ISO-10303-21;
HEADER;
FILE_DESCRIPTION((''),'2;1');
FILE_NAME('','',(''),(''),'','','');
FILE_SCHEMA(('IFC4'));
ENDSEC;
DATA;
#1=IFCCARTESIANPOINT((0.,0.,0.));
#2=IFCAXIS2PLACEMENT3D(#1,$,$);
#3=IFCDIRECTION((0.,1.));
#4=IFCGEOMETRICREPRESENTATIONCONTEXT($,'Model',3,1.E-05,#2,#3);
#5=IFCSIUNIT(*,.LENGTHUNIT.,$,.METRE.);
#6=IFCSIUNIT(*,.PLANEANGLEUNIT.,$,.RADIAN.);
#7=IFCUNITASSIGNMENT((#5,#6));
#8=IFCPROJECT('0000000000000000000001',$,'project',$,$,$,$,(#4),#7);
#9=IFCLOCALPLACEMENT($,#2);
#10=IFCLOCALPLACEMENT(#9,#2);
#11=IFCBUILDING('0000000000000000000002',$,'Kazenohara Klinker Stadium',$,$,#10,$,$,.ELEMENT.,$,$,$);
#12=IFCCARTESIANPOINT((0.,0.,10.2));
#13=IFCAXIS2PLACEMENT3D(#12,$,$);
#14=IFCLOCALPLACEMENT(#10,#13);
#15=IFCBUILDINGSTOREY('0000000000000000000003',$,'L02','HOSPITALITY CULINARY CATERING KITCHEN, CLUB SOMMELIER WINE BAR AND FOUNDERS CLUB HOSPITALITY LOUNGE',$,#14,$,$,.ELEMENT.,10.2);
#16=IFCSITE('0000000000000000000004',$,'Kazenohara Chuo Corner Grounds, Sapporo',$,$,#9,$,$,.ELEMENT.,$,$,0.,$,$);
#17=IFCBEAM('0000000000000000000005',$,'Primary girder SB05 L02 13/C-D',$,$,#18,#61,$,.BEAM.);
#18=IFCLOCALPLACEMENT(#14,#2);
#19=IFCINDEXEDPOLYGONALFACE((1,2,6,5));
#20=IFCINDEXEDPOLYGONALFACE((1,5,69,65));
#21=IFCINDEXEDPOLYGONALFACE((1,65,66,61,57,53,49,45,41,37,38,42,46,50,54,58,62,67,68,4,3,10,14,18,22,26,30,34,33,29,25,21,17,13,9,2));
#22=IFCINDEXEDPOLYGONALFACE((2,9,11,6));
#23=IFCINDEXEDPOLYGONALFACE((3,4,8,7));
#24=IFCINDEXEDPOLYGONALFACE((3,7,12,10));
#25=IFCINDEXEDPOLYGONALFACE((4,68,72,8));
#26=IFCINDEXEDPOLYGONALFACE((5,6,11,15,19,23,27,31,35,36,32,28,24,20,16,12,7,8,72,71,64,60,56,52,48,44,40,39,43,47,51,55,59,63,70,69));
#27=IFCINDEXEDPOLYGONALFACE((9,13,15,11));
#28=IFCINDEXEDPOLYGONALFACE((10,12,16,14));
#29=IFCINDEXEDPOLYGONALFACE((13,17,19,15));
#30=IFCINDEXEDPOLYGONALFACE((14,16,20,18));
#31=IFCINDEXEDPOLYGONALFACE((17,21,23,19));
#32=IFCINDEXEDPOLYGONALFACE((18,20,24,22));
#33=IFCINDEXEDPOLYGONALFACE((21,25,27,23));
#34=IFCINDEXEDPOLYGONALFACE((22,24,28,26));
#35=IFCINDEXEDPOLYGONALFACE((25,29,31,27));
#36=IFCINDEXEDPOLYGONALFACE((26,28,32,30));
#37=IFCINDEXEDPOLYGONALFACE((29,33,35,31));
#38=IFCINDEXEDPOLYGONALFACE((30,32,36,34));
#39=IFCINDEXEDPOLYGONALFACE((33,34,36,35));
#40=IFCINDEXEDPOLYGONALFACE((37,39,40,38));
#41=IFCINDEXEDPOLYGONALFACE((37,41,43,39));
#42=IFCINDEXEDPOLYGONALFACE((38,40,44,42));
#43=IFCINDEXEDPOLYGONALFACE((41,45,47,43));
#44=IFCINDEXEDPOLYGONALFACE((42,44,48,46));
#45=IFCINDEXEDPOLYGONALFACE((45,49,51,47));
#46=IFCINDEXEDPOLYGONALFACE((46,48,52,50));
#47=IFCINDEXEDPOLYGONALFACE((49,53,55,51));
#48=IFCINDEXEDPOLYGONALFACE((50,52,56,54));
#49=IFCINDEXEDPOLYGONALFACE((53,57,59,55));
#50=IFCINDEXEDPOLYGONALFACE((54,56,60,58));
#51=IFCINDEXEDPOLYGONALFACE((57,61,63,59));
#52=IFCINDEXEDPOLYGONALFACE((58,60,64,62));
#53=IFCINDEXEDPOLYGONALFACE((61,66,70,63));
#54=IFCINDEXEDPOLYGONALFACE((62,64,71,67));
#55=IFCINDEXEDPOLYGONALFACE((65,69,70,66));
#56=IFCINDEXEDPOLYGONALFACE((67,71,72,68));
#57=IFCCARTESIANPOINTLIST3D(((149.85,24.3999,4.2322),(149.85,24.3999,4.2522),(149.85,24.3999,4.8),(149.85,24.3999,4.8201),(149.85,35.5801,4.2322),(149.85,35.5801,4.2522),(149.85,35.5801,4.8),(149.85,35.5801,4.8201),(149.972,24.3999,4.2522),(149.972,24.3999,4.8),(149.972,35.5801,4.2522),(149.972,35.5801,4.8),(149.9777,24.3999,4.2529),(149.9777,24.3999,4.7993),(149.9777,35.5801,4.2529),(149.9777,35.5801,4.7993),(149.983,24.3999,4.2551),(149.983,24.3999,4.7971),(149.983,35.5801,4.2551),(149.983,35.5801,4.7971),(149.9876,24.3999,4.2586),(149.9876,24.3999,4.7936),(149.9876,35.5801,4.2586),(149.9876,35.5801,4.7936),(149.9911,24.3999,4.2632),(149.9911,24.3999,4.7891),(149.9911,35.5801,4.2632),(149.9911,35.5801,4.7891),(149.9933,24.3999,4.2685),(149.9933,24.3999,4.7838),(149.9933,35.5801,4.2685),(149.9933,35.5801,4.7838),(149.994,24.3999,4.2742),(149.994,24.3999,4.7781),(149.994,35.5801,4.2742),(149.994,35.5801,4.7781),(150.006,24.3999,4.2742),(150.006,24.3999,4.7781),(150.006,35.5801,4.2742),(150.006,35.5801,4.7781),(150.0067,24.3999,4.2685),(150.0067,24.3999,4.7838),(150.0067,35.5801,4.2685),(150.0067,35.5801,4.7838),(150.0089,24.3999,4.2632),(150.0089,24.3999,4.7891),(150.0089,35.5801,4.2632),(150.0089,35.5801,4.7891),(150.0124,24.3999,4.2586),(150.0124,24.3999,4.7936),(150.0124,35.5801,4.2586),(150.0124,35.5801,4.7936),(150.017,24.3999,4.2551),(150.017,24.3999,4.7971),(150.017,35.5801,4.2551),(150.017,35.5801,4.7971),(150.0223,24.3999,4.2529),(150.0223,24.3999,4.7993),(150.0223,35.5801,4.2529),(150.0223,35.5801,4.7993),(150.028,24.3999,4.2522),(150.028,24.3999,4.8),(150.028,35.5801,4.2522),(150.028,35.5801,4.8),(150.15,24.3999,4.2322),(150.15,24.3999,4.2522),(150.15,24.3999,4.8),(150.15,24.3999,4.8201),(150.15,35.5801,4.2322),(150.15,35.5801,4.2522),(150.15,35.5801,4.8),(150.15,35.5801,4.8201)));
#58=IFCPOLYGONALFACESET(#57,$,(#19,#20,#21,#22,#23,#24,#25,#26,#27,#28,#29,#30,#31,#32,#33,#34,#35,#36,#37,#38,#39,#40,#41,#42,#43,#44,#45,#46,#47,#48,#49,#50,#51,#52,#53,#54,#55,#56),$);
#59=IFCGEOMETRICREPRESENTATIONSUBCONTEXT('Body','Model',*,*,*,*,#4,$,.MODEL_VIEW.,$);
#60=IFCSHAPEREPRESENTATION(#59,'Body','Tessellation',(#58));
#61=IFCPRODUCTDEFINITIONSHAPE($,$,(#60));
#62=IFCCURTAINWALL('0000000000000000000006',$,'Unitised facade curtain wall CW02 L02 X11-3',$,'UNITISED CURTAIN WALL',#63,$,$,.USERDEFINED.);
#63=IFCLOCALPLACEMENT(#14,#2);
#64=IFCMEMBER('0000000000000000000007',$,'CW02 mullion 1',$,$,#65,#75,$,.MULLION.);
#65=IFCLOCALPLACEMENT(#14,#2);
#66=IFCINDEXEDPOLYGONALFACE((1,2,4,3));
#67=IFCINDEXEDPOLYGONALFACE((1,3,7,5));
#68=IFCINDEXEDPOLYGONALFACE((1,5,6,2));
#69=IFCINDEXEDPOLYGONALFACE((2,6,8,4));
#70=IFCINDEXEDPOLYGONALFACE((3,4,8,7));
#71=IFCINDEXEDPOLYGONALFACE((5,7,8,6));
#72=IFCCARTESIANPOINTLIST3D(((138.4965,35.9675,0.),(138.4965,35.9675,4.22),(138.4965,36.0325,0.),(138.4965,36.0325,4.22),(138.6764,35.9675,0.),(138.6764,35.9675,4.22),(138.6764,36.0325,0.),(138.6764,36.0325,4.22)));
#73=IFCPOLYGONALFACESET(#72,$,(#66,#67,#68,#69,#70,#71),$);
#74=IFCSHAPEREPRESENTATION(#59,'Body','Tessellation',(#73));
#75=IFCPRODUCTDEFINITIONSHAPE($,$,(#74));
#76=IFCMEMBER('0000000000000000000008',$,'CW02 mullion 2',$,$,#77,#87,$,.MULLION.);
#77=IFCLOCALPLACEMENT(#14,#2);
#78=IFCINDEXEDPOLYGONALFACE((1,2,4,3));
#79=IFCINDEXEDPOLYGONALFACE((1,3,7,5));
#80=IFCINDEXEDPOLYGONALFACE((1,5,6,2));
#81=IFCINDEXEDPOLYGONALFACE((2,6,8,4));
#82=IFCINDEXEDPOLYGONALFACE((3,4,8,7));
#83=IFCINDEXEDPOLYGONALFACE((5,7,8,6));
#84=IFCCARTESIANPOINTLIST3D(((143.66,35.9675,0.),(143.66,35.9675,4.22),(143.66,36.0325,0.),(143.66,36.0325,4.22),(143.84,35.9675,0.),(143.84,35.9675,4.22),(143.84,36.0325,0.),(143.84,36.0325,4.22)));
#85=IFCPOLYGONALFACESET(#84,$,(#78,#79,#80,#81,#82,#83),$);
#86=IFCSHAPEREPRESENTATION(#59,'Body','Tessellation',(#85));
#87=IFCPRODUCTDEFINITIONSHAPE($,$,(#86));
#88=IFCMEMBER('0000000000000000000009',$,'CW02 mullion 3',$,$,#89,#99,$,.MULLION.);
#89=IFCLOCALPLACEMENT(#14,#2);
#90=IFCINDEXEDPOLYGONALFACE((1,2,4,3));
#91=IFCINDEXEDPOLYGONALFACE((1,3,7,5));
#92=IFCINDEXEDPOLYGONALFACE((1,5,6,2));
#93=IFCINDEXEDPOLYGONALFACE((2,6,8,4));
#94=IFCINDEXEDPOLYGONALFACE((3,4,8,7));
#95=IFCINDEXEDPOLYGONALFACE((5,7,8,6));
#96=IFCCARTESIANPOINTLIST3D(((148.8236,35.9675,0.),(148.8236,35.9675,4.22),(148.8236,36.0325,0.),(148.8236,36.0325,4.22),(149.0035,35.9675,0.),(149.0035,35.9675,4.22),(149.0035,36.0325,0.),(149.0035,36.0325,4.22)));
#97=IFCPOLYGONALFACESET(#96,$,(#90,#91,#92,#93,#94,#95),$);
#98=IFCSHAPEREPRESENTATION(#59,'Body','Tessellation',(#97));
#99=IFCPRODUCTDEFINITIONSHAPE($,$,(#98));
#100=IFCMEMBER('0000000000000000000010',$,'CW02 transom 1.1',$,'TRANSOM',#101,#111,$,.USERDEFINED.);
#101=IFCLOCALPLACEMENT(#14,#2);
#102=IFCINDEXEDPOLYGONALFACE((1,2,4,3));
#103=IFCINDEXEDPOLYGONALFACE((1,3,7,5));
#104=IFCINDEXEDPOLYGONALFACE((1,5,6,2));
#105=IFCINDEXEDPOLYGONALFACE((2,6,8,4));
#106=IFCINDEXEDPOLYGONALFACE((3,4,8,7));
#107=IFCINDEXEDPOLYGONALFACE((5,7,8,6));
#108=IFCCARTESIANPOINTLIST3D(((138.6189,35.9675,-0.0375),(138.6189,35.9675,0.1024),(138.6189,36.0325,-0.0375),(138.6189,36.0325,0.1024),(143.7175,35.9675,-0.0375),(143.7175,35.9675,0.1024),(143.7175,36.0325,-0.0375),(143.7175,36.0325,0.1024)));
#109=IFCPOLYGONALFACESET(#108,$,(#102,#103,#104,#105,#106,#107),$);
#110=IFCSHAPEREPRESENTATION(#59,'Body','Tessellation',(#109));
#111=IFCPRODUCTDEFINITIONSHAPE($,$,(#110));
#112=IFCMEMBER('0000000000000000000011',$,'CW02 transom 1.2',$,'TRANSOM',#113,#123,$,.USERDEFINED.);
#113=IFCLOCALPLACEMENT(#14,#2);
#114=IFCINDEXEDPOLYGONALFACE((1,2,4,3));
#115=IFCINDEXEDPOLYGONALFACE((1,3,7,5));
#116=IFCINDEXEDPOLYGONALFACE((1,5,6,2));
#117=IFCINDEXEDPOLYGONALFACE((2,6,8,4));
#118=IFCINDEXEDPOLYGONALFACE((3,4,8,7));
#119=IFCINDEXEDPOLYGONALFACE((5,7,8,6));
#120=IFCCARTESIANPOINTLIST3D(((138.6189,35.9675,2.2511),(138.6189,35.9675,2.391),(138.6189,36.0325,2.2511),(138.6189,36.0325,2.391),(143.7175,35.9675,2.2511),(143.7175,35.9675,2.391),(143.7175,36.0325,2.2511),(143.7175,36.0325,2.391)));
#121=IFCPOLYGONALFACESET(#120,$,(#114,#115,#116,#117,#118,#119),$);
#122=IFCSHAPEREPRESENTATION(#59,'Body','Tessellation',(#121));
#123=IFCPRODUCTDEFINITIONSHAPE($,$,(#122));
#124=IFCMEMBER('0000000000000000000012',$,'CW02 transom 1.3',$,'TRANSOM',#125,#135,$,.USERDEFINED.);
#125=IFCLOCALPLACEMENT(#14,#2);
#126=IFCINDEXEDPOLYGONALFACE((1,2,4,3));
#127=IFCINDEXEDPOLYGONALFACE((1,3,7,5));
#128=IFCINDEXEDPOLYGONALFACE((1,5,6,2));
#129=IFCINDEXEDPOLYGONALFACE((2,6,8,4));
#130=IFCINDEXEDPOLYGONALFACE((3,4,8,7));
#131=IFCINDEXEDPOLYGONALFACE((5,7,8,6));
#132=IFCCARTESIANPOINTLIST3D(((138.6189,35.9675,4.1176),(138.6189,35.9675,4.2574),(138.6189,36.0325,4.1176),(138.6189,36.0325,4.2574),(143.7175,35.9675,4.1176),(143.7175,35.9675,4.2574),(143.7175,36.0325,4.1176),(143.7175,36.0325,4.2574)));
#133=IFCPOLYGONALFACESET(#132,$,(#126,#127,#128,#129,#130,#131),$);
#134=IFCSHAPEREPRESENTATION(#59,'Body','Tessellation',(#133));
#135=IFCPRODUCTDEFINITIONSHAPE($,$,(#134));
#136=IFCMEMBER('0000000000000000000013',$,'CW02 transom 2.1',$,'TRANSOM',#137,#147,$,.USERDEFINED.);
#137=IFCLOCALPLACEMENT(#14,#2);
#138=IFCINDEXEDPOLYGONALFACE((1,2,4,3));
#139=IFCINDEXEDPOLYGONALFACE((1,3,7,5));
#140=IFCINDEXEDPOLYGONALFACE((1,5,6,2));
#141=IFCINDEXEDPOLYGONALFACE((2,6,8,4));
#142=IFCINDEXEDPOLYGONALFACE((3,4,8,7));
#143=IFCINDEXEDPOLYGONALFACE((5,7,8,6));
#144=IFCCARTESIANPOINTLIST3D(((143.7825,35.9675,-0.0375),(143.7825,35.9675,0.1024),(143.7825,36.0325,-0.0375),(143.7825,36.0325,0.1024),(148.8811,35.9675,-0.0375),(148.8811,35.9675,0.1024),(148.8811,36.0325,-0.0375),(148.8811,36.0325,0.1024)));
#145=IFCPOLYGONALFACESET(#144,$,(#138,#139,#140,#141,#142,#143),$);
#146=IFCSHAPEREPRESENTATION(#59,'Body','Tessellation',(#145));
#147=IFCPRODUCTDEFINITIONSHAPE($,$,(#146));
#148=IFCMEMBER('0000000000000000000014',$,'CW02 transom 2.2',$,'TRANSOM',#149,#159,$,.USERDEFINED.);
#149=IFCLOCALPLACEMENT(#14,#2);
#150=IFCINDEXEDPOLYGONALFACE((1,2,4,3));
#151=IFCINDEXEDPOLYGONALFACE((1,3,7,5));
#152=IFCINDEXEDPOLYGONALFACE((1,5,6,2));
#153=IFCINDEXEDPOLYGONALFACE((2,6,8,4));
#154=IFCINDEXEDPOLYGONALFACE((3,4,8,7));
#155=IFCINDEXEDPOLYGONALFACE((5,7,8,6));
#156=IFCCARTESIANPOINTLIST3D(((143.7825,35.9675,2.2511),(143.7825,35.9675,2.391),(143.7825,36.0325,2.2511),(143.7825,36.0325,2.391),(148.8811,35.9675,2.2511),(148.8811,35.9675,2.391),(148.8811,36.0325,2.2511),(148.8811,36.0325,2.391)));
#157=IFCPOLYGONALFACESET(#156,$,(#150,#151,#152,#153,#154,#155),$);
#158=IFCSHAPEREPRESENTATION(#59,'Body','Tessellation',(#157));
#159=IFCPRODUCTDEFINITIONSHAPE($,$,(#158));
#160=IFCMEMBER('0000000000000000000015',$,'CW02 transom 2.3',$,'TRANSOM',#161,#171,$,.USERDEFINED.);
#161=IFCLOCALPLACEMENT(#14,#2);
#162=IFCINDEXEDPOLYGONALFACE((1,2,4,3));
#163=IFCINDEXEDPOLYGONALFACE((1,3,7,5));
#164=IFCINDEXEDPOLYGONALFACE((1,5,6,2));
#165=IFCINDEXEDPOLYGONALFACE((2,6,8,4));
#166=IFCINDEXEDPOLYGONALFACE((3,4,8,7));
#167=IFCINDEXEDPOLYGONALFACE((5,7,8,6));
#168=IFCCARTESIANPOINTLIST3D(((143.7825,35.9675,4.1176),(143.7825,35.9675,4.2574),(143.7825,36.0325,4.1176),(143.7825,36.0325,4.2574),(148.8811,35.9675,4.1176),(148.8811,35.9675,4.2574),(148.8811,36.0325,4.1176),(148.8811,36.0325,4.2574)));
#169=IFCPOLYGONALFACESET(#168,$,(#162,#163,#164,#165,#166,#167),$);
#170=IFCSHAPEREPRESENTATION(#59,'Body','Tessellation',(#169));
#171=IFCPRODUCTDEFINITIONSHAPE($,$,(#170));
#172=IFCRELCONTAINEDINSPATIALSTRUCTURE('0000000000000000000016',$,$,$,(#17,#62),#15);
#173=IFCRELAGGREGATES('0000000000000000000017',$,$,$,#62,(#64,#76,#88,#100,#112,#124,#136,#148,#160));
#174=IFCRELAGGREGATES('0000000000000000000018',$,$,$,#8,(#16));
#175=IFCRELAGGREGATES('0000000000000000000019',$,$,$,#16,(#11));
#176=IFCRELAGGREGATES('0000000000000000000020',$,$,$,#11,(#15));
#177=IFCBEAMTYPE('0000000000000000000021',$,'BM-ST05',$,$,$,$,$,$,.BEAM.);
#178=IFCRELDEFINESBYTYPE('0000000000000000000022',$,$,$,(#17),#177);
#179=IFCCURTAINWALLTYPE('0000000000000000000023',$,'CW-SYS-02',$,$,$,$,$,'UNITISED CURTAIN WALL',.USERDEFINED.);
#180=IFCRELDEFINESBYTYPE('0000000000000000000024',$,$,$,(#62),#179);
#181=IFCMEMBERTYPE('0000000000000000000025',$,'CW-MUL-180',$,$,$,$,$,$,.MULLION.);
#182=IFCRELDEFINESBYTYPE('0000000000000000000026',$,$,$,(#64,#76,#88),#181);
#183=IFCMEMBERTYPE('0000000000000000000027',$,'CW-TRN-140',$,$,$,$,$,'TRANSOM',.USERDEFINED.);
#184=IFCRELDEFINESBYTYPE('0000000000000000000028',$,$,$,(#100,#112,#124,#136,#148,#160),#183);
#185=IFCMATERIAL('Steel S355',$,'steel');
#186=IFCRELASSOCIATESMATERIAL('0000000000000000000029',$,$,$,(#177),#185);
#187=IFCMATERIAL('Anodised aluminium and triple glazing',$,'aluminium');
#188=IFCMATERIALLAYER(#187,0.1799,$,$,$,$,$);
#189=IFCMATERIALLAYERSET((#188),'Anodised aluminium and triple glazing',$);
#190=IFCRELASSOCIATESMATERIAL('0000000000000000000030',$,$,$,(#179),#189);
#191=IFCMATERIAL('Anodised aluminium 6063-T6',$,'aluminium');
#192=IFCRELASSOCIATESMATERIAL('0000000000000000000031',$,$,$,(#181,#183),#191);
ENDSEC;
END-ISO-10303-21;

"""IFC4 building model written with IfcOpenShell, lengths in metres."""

from ifc_helpers import new_model, si_unit, direction, frame, origin, origin_2d, place, context, subcontext, project, spatial, rectangle, i_section, extrude, material, layer, layer_set, material_profile, profile_set, type_object, element, aggregate, save


model = new_model("IFC4")

# Units and contexts
model_context = context("Model", 3, precision=1e-05, world=origin(), true_north=direction((0.0, 1.0)))
body_context = subcontext(model_context, "Body", "Model", "MODEL_VIEW")
ifc_project = project(units=[si_unit("LENGTHUNIT", "METRE"), si_unit("PLANEANGLEUNIT", "RADIAN")], contexts=[model_context])

# Site, building, storey
site_placement = place(None, origin())
site = spatial("IfcSite", under=ifc_project, at=site_placement, Name="Kazenohara Chuo Corner Grounds, Sapporo", CompositionType="ELEMENT", RefElevation=0.0)
building_placement = place(site_placement, origin())
building = spatial("IfcBuilding", under=site, at=building_placement, Name="Kazenohara Klinker Stadium", CompositionType="ELEMENT")
storey_placement = place(building_placement, frame((0.0, 0.0, 10.2)))
storey = spatial("IfcBuildingStorey", under=building, at=storey_placement, Name="L02", Description="HOSPITALITY CULINARY CATERING KITCHEN, CLUB SOMMELIER WINE BAR AND FOUNDERS CLUB HOSPITALITY LOUNGE", CompositionType="ELEMENT", Elevation=10.2)

# Beam
ifc_material_1 = material(Name="Steel S355", Category="steel")
ifc_material_profile_1 = material_profile(ifc_material_1, i_section(OverallWidth=0.3, OverallDepth=0.5879, WebThickness=0.012, FlangeThickness=0.02, FilletRadius=0.022, at=origin_2d()), Name="H-588x300x12x20")
ifc_profile_set_1 = profile_set([ifc_material_profile_1], Name="Steel S355")
beam_type_1 = type_object("IfcBeamType", Name="BM-ST05", PredefinedType="BEAM", material=ifc_profile_set_1)
beam_1_placement = place(storey_placement, frame((150.0, 24.3999, 4.5261), z_axis=(0.0, 1.0, 0.0), x_axis=(-1.0, 0.0, 0.0)))
element("IfcBeam", 1, at=beam_1_placement, inside=storey, type_object=beam_type_1, Name="Primary girder SB05 L02 13/C-D", PredefinedType="BEAM", context=body_context, shape_type="SweptSolid", body=[
    extrude(i_section(OverallWidth=0.3, OverallDepth=0.5879, WebThickness=0.012, FlangeThickness=0.02, FilletRadius=0.022, at=origin_2d()), origin(), (0.0, 0.0, 1.0), 11.1802),
])

# Curtain wall, members
ifc_material_2 = material(Name="Anodised aluminium and triple glazing", Category="aluminium")
ifc_layer_1 = layer(ifc_material_2, 0.1799)
ifc_layer_set_1 = layer_set([ifc_layer_1], Name="Anodised aluminium and triple glazing")
curtain_wall_type = type_object("IfcCurtainWallType", Name="CW-SYS-02", ElementType="UNITISED CURTAIN WALL", PredefinedType="USERDEFINED", material=ifc_layer_set_1)
curtain_wall_placement = place(storey_placement, origin())
curtain_wall = element("IfcCurtainWall", 2, at=curtain_wall_placement, inside=storey, type_object=curtain_wall_type, Name="Unitised facade curtain wall CW02 L02 X11-3", ObjectType="UNITISED CURTAIN WALL", PredefinedType="USERDEFINED")
ifc_material_3 = material(Name="Anodised aluminium 6063-T6", Category="aluminium")
ifc_material_profile_2 = material_profile(ifc_material_3, rectangle(XDim=0.0649, YDim=0.1799, at=origin_2d()), Name="ALU-MUL-65x180")
ifc_profile_set_2 = profile_set([ifc_material_profile_2], Name="Anodised aluminium 6063-T6")
member_type_1 = type_object("IfcMemberType", Name="CW-MUL-180", PredefinedType="MULLION", material=ifc_profile_set_2)
member_1_placement = place(storey_placement, frame((138.5864, 36.0, 0.0), z_axis=(0.0, 0.0, 1.0), x_axis=(0.0, 1.0, 0.0)))
member_1 = element("IfcMember", 3, at=member_1_placement, type_object=member_type_1, Name="CW02 mullion 1", PredefinedType="MULLION", context=body_context, shape_type="SweptSolid", body=[
    extrude(rectangle(XDim=0.0649, YDim=0.1799, at=origin_2d()), origin(), (0.0, 0.0, 1.0), 4.22),
])
member_2_placement = place(storey_placement, frame((143.75, 36.0, 0.0), z_axis=(0.0, 0.0, 1.0), x_axis=(0.0, 1.0, 0.0)))
member_2 = element("IfcMember", 4, at=member_2_placement, type_object=member_type_1, Name="CW02 mullion 2", PredefinedType="MULLION", context=body_context, shape_type="SweptSolid", body=[
    extrude(rectangle(XDim=0.0649, YDim=0.1799, at=origin_2d()), origin(), (0.0, 0.0, 1.0), 4.22),
])
member_3_placement = place(storey_placement, frame((148.9136, 36.0, 0.0), z_axis=(0.0, 0.0, 1.0), x_axis=(0.0, 1.0, 0.0)))
member_3 = element("IfcMember", 5, at=member_3_placement, type_object=member_type_1, Name="CW02 mullion 3", PredefinedType="MULLION", context=body_context, shape_type="SweptSolid", body=[
    extrude(rectangle(XDim=0.0649, YDim=0.1799, at=origin_2d()), origin(), (0.0, 0.0, 1.0), 4.22),
])
ifc_material_profile_3 = material_profile(ifc_material_3, rectangle(XDim=0.0649, YDim=0.1399, at=origin_2d()), Name="ALU-TRN-65x140")
ifc_profile_set_3 = profile_set([ifc_material_profile_3], Name="Anodised aluminium 6063-T6")
member_type_2 = type_object("IfcMemberType", Name="CW-TRN-140", ElementType="TRANSOM", PredefinedType="USERDEFINED", material=ifc_profile_set_3)
member_4_placement = place(storey_placement, frame((138.6189, 36.0, 0.0325), z_axis=(1.0, 0.0, 0.0), x_axis=(0.0, 1.0, 0.0)))
member_4 = element("IfcMember", 6, at=member_4_placement, type_object=member_type_2, Name="CW02 transom 1.1", ObjectType="TRANSOM", PredefinedType="USERDEFINED", context=body_context, shape_type="SweptSolid", body=[
    extrude(rectangle(XDim=0.0649, YDim=0.1399, at=origin_2d()), origin(), (0.0, 0.0, 1.0), 5.0986),
])
member_5_placement = place(storey_placement, frame((138.6189, 36.0, 2.321), z_axis=(1.0, 0.0, 0.0), x_axis=(0.0, 1.0, 0.0)))
member_5 = element("IfcMember", 7, at=member_5_placement, type_object=member_type_2, Name="CW02 transom 1.2", ObjectType="TRANSOM", PredefinedType="USERDEFINED", context=body_context, shape_type="SweptSolid", body=[
    extrude(rectangle(XDim=0.0649, YDim=0.1399, at=origin_2d()), origin(), (0.0, 0.0, 1.0), 5.0986),
])
member_6_placement = place(storey_placement, frame((138.6189, 36.0, 4.1875), z_axis=(1.0, 0.0, 0.0), x_axis=(0.0, 1.0, 0.0)))
member_6 = element("IfcMember", 8, at=member_6_placement, type_object=member_type_2, Name="CW02 transom 1.3", ObjectType="TRANSOM", PredefinedType="USERDEFINED", context=body_context, shape_type="SweptSolid", body=[
    extrude(rectangle(XDim=0.0649, YDim=0.1399, at=origin_2d()), origin(), (0.0, 0.0, 1.0), 5.0986),
])
member_7_placement = place(storey_placement, frame((143.7825, 36.0, 0.0325), z_axis=(1.0, 0.0, 0.0), x_axis=(0.0, 1.0, 0.0)))
member_7 = element("IfcMember", 9, at=member_7_placement, type_object=member_type_2, Name="CW02 transom 2.1", ObjectType="TRANSOM", PredefinedType="USERDEFINED", context=body_context, shape_type="SweptSolid", body=[
    extrude(rectangle(XDim=0.0649, YDim=0.1399, at=origin_2d()), origin(), (0.0, 0.0, 1.0), 5.0986),
])
member_8_placement = place(storey_placement, frame((143.7825, 36.0, 2.321), z_axis=(1.0, 0.0, 0.0), x_axis=(0.0, 1.0, 0.0)))
member_8 = element("IfcMember", 10, at=member_8_placement, type_object=member_type_2, Name="CW02 transom 2.2", ObjectType="TRANSOM", PredefinedType="USERDEFINED", context=body_context, shape_type="SweptSolid", body=[
    extrude(rectangle(XDim=0.0649, YDim=0.1399, at=origin_2d()), origin(), (0.0, 0.0, 1.0), 5.0986),
])
member_9_placement = place(storey_placement, frame((143.7825, 36.0, 4.1875), z_axis=(1.0, 0.0, 0.0), x_axis=(0.0, 1.0, 0.0)))
member_9 = element("IfcMember", 11, at=member_9_placement, type_object=member_type_2, Name="CW02 transom 2.3", ObjectType="TRANSOM", PredefinedType="USERDEFINED", context=body_context, shape_type="SweptSolid", body=[
    extrude(rectangle(XDim=0.0649, YDim=0.1399, at=origin_2d()), origin(), (0.0, 0.0, 1.0), 5.0986),
])

aggregate(curtain_wall, [member_1, member_2, member_3, member_4, member_5, member_6, member_7, member_8, member_9])

save(model, "model.ifc")
